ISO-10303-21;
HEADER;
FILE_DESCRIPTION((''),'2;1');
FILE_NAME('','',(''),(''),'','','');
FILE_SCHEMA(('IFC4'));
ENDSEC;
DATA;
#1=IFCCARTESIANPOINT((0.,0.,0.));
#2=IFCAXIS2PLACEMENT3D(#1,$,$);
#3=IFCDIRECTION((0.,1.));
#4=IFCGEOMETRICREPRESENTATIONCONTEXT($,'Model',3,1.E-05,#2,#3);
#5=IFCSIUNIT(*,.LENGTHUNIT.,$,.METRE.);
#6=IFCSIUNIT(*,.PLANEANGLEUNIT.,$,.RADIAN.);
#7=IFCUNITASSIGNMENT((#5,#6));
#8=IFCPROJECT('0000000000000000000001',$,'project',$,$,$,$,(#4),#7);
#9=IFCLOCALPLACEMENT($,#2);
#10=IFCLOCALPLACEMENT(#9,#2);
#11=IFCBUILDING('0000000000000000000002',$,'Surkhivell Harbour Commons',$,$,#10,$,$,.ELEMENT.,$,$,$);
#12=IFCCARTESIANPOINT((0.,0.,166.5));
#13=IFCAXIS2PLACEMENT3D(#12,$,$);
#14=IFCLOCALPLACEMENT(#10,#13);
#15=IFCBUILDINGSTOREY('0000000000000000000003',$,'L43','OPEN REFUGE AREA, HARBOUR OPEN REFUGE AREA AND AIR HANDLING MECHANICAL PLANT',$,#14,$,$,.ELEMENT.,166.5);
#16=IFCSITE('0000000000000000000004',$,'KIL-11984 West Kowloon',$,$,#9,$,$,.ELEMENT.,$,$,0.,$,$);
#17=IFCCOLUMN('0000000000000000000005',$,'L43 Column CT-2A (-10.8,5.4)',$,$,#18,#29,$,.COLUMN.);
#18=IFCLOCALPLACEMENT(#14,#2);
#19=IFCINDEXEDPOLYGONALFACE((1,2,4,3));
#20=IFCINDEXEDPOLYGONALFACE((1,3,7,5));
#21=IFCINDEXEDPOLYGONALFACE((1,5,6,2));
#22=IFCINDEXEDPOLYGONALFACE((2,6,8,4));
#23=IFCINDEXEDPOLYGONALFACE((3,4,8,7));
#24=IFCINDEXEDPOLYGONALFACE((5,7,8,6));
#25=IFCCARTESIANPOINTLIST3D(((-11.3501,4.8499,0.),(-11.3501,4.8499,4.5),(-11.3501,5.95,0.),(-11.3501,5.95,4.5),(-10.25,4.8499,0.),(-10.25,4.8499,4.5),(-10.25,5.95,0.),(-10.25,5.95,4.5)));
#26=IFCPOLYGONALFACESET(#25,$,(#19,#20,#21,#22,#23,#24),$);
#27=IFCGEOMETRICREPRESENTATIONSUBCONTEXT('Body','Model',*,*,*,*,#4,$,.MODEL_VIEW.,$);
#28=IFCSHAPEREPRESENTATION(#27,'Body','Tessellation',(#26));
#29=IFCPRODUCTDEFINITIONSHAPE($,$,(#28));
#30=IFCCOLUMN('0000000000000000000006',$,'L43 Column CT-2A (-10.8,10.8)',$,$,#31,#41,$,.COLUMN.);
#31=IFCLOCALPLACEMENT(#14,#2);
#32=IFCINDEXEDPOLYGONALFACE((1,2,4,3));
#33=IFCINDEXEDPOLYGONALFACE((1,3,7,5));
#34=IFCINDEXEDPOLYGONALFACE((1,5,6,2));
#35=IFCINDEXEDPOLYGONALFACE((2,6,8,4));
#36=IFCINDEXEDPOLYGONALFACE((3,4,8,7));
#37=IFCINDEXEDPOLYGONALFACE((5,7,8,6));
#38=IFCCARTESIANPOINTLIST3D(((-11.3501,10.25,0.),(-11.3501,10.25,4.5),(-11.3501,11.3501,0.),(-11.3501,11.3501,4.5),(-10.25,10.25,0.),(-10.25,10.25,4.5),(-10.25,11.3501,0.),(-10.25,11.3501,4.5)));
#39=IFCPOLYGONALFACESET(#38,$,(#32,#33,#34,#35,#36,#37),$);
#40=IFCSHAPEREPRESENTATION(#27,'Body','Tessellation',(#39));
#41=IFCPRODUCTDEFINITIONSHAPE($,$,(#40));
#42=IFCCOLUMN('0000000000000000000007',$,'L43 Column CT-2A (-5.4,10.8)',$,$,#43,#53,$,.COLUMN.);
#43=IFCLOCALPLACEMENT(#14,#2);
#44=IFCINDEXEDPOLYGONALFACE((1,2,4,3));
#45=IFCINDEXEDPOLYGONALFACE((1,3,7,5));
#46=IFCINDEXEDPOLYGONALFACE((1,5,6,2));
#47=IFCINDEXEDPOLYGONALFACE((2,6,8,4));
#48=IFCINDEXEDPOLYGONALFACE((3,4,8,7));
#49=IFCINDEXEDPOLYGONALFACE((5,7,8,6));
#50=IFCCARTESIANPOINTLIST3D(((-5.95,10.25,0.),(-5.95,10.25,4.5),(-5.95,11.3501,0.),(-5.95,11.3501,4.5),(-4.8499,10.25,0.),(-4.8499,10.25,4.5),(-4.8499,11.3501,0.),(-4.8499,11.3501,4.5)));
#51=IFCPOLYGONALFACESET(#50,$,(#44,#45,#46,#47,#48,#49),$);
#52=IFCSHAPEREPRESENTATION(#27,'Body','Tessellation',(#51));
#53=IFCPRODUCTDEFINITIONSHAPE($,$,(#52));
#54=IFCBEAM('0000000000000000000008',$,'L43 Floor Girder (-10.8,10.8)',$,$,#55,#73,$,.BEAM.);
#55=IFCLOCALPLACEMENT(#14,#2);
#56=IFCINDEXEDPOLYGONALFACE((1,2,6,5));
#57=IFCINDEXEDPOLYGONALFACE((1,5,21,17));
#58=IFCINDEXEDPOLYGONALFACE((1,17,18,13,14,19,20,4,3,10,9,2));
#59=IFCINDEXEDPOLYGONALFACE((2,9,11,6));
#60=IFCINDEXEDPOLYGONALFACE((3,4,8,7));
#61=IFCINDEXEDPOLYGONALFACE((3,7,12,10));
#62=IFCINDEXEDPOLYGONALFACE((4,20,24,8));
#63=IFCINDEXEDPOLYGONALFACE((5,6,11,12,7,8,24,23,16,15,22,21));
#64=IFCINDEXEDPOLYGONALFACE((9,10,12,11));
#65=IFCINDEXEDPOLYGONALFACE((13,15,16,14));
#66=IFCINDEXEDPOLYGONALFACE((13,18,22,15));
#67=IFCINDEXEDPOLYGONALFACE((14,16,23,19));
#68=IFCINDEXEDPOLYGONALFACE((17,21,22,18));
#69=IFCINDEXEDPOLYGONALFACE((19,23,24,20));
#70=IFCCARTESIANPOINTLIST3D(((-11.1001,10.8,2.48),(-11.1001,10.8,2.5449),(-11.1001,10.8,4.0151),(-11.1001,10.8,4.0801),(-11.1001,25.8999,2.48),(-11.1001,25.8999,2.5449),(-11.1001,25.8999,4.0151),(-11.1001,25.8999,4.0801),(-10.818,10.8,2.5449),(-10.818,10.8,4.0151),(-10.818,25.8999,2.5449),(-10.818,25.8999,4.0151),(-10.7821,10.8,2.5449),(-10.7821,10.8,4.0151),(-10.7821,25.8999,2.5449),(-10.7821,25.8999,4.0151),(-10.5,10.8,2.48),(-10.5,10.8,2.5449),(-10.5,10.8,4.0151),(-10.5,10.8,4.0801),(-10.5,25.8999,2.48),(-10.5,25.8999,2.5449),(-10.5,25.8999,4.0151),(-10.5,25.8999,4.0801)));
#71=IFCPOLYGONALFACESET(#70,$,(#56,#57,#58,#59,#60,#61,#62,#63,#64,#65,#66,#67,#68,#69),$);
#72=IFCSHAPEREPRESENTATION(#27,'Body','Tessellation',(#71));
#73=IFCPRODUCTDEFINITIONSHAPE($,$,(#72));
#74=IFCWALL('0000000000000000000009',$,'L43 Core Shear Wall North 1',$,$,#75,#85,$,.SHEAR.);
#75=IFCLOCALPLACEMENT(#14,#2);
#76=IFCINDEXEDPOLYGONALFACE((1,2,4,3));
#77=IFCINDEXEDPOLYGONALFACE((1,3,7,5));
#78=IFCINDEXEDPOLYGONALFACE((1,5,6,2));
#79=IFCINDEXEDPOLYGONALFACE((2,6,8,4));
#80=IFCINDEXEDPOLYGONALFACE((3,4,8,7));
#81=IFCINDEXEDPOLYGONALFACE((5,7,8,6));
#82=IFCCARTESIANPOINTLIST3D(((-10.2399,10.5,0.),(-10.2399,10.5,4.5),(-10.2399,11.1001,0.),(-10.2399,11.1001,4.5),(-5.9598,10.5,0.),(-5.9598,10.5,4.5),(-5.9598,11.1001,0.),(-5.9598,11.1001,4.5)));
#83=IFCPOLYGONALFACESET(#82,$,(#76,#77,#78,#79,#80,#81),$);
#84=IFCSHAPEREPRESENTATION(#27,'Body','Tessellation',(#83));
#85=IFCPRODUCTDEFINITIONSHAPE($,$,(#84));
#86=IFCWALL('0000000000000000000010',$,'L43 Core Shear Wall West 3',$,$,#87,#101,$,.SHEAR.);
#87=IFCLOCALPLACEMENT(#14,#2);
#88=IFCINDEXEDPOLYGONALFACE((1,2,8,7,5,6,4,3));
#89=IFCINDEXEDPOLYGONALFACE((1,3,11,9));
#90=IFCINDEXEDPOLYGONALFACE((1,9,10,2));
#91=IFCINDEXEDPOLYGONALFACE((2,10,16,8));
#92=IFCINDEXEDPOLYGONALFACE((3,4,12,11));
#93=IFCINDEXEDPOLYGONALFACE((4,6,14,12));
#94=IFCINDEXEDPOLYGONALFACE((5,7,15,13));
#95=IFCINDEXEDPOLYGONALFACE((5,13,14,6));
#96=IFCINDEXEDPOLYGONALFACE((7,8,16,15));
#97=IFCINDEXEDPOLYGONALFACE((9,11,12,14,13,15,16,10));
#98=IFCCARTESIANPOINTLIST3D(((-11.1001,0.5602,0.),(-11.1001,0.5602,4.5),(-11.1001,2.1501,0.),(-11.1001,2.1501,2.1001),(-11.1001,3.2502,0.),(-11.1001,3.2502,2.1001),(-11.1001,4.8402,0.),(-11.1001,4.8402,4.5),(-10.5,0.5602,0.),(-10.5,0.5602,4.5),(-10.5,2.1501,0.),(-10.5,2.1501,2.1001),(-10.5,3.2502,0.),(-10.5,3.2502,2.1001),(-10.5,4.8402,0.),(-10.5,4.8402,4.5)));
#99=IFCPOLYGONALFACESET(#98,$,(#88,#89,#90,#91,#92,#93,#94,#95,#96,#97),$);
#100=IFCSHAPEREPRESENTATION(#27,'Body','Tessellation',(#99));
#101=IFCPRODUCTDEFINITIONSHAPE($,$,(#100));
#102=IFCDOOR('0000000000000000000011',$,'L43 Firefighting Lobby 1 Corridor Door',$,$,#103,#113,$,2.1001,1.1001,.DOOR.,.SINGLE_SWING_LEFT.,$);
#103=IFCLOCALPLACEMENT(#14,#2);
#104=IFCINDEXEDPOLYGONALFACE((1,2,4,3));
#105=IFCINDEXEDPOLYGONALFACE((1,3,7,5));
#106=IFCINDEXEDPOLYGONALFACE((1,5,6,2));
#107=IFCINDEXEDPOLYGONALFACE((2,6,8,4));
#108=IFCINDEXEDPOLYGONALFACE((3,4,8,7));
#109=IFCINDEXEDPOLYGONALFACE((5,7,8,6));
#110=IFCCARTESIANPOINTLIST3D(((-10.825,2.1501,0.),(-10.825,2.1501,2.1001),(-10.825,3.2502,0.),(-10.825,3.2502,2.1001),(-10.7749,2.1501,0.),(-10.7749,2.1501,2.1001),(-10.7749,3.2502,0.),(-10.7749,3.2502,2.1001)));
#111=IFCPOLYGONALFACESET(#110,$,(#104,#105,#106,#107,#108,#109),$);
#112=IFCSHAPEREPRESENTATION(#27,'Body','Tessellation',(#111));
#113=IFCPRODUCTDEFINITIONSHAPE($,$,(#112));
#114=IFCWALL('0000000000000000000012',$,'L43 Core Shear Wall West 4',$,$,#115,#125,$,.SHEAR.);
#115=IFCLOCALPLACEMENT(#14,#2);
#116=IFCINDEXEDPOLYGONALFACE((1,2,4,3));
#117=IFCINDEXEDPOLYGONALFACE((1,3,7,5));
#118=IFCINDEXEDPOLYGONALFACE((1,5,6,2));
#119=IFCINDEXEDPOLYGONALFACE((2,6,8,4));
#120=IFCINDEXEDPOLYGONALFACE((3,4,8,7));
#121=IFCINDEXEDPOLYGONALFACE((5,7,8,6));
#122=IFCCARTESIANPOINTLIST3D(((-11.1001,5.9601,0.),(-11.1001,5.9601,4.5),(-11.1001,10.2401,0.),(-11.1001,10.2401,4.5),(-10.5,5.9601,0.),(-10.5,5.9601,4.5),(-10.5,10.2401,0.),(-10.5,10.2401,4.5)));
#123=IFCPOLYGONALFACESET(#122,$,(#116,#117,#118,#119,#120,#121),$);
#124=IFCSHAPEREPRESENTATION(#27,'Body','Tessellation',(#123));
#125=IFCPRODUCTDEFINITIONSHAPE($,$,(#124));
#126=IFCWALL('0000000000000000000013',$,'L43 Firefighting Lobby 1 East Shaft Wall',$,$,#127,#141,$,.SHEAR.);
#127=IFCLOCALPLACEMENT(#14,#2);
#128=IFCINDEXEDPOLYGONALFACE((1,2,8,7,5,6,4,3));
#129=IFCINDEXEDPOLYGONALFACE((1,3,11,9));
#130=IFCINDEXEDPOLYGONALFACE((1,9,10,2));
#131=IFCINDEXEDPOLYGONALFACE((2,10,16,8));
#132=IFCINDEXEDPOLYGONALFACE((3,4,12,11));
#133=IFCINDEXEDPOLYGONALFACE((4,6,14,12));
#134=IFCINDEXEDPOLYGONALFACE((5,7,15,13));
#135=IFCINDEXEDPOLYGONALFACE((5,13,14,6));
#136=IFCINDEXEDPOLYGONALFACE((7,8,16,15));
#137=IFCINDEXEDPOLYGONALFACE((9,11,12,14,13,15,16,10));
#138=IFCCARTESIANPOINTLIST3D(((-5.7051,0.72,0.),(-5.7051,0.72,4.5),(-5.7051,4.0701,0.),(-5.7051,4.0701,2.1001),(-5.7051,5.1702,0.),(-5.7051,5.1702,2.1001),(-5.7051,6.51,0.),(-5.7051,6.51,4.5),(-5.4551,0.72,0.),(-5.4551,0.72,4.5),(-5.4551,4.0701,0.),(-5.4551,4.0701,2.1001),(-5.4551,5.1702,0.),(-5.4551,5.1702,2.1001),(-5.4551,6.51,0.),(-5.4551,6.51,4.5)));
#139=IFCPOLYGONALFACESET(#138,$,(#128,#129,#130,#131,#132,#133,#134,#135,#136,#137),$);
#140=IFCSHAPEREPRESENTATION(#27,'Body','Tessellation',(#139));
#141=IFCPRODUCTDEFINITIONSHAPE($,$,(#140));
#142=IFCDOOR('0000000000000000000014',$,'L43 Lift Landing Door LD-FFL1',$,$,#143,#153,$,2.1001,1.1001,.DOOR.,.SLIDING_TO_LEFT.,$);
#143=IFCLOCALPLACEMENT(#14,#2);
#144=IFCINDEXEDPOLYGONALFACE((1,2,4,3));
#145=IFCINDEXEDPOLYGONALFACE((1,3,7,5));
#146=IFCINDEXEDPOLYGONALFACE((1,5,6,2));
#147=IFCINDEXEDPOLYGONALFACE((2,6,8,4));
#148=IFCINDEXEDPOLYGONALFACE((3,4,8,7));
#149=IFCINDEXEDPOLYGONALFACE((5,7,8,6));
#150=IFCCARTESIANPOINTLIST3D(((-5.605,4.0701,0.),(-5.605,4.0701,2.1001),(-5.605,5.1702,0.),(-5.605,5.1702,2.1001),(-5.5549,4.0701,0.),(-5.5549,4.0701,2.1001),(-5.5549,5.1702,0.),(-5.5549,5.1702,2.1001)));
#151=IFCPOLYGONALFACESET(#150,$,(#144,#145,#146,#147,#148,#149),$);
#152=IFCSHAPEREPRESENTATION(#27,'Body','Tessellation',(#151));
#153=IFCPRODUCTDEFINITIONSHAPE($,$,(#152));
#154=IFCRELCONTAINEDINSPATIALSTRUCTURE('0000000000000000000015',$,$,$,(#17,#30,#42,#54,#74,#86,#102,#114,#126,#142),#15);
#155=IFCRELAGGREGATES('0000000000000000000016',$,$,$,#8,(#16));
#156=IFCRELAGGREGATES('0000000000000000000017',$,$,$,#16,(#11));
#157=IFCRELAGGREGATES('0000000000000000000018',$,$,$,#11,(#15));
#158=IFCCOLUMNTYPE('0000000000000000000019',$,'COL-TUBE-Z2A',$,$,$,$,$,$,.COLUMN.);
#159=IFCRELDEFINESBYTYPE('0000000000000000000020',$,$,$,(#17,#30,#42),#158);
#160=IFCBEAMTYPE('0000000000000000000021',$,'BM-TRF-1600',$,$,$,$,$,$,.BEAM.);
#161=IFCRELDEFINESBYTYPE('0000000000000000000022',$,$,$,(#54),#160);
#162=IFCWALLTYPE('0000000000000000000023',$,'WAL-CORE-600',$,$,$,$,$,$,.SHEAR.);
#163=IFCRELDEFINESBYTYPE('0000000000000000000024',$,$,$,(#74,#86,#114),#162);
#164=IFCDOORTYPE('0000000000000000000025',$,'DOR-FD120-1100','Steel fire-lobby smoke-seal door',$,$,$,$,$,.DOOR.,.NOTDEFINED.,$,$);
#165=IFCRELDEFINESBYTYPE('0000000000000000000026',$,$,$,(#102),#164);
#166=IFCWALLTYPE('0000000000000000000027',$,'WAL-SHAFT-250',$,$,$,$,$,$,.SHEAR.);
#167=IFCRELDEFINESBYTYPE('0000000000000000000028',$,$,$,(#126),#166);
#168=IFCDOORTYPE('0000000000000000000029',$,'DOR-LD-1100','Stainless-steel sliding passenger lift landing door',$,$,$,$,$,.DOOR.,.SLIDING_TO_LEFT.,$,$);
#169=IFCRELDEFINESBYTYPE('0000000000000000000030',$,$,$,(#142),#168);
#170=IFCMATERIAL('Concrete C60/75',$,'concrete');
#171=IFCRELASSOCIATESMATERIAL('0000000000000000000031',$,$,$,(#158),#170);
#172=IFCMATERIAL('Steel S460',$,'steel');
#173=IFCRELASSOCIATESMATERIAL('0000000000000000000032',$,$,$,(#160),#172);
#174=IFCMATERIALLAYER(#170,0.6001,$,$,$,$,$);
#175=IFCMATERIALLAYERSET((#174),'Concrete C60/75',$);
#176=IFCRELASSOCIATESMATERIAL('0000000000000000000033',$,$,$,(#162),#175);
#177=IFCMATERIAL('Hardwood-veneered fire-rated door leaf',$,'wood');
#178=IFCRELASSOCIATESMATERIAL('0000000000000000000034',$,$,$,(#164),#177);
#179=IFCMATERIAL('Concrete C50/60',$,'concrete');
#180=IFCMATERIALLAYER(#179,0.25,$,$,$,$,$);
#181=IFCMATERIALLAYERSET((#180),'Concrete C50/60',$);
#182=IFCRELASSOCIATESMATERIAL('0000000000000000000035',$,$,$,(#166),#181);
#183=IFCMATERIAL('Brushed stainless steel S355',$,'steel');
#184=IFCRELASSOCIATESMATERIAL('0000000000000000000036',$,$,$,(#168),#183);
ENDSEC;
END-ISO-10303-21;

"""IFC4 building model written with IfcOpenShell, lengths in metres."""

from ifc_helpers import new_model, si_unit, direction, frame, frame_2d, origin, origin_2d, place, context, subcontext, project, spatial, rectangle, i_section, extrude, material, layer, layer_set, material_profile, profile_set, type_object, element, fill, save


model = new_model("IFC4")

# Units and contexts
model_context = context("Model", 3, precision=1e-05, world=origin(), true_north=direction((0.0, 1.0)))
body_context = subcontext(model_context, "Body", "Model", "MODEL_VIEW")
ifc_project = project(units=[si_unit("LENGTHUNIT", "METRE"), si_unit("PLANEANGLEUNIT", "RADIAN")], contexts=[model_context])

# Site, building, storey
site_placement = place(None, origin())
site = spatial("IfcSite", under=ifc_project, at=site_placement, Name="KIL-11984 West Kowloon", CompositionType="ELEMENT", RefElevation=0.0)
building_placement = place(site_placement, origin())
building = spatial("IfcBuilding", under=site, at=building_placement, Name="Surkhivell Harbour Commons", CompositionType="ELEMENT")
storey_placement = place(building_placement, frame((0.0, 0.0, 166.5)))
storey = spatial("IfcBuildingStorey", under=building, at=storey_placement, Name="L43", Description="OPEN REFUGE AREA, HARBOUR OPEN REFUGE AREA AND AIR HANDLING MECHANICAL PLANT", CompositionType="ELEMENT", Elevation=166.5)

# Columns
ifc_material_1 = material(Name="Concrete C60/75", Category="concrete")
ifc_material_profile_1 = material_profile(ifc_material_1, rectangle(XDim=1.1001, YDim=1.1001, at=origin_2d()), Name="RC-COL-1100x1100")
ifc_profile_set_1 = profile_set([ifc_material_profile_1], Name="Concrete C60/75")
column_type = type_object("IfcColumnType", Name="COL-TUBE-Z2A", PredefinedType="COLUMN", material=ifc_profile_set_1)
for number, where, z_axis, x_axis, name in (
    (1, (-10.8, 5.3999, 0.0), (0.0, 0.0, 1.0), (1.0, 0.0, 0.0), "L43 Column CT-2A (-10.8,5.4)"),
    (2, (-10.8, 10.8, 0.0), (0.0, 0.0, 1.0), (1.0, 0.0, 0.0), "L43 Column CT-2A (-10.8,10.8)"),
    (3, (-5.3999, 10.8, 0.0), (0.0, 0.0, 1.0), (1.0, 0.0, 0.0), "L43 Column CT-2A (-5.4,10.8)"),
):
    element("IfcColumn", number, at=place(storey_placement, frame(where, z_axis=z_axis, x_axis=x_axis)), inside=storey, type_object=column_type, Name=name, PredefinedType="COLUMN", context=body_context, shape_type="SweptSolid", body=[
        extrude(rectangle(XDim=1.1001, YDim=1.1001, at=origin_2d()), origin(), (0.0, 0.0, 1.0), 4.5),
    ])

# Beam
ifc_material_2 = material(Name="Steel S460", Category="steel")
ifc_material_profile_2 = material_profile(ifc_material_2, i_section(OverallWidth=0.6001, OverallDepth=1.6001, WebThickness=0.0359, FlangeThickness=0.0649, at=origin_2d()), Name="WPG1600x600x296")
ifc_profile_set_2 = profile_set([ifc_material_profile_2], Name="Steel S460")
beam_type = type_object("IfcBeamType", Name="BM-TRF-1600", PredefinedType="BEAM", material=ifc_profile_set_2)
beam_placement = place(storey_placement, frame((-10.8, 10.8, 3.28), z_axis=(0.0, 1.0, 0.0), x_axis=(-1.0, 0.0, 0.0)))
element("IfcBeam", 4, at=beam_placement, inside=storey, type_object=beam_type, Name="L43 Floor Girder (-10.8,10.8)", PredefinedType="BEAM", context=body_context, shape_type="SweptSolid", body=[
    extrude(i_section(OverallWidth=0.6001, OverallDepth=1.6001, WebThickness=0.0359, FlangeThickness=0.0649, at=origin_2d()), origin(), (0.0, 0.0, 1.0), 15.0999),
])

# Wall
ifc_layer_1 = layer(ifc_material_1, 0.6001)
ifc_layer_set_1 = layer_set([ifc_layer_1], Name="Concrete C60/75")
wall_type_1 = type_object("IfcWallType", Name="WAL-CORE-600", PredefinedType="SHEAR", material=ifc_layer_set_1)
wall_1_placement = place(storey_placement, frame((-10.24, 10.8, 0.0), z_axis=(0.0, 0.0, 1.0), x_axis=(1.0, 0.0, 0.0)))
element("IfcWall", 5, at=wall_1_placement, inside=storey, type_object=wall_type_1, Name="L43 Core Shear Wall North 1", PredefinedType="SHEAR", context=body_context, shape_type="SweptSolid", body=[
    extrude(rectangle(XDim=4.28, YDim=0.6001, at=frame_2d((2.1401, 0.0))), origin(), (0.0, 0.0, 1.0), 4.5),
])

# Wall, opening, door
wall_2_placement = place(storey_placement, frame((-10.8, 0.5601, 0.0), z_axis=(0.0, 0.0, 1.0), x_axis=(0.0, 1.0, 0.0)))
wall_2 = element("IfcWall", 6, at=wall_2_placement, inside=storey, type_object=wall_type_1, Name="L43 Core Shear Wall West 3", PredefinedType="SHEAR", context=body_context, shape_type="SweptSolid", body=[
    extrude(rectangle(XDim=4.28, YDim=0.6001, at=frame_2d((2.1401, 0.0))), origin(), (0.0, 0.0, 1.0), 4.5),
])
opening_1_placement = place(wall_2_placement, frame((1.5901, 0.0, 0.0)))
opening_1 = element("IfcOpeningElement", 7, at=opening_1_placement, cuts=wall_2, PredefinedType="OPENING", context=body_context, shape_type="SweptSolid", body=[
    extrude(rectangle(XDim=1.1001, YDim=2.1001, at=frame_2d((0.55, 1.05))), frame((0.0, 0.3101, 0.0), z_axis=(0.0, -1.0, 0.0), x_axis=(1.0, 0.0, 0.0)), (0.0, 0.0, 1.0), 0.6201),
])
ifc_material_3 = material(Name="Hardwood-veneered fire-rated door leaf", Category="wood")
door_type_1 = type_object("IfcDoorType", Name="DOR-FD120-1100", Description="Steel fire-lobby smoke-seal door", OperationType="NOTDEFINED", PredefinedType="DOOR", material=ifc_material_3)
door_1_placement = place(opening_1_placement, origin())
door_1 = element("IfcDoor", 8, at=door_1_placement, inside=storey, type_object=door_type_1, Name="L43 Firefighting Lobby 1 Corridor Door", OperationType="SINGLE_SWING_LEFT", OverallHeight=2.1001, OverallWidth=1.1001, PredefinedType="DOOR", context=body_context, shape_type="SweptSolid", body=[
    extrude(rectangle(XDim=1.1001, YDim=2.1001, at=frame_2d((0.55, 1.05))), frame((0.0, 0.0249, 0.0), z_axis=(0.0, -1.0, 0.0), x_axis=(1.0, 0.0, 0.0)), (0.0, 0.0, 1.0), 0.05),
])
fill(opening_1, door_1)

# Wall
wall_3_placement = place(storey_placement, frame((-10.8, 5.96, 0.0), z_axis=(0.0, 0.0, 1.0), x_axis=(0.0, 1.0, 0.0)))
element("IfcWall", 9, at=wall_3_placement, inside=storey, type_object=wall_type_1, Name="L43 Core Shear Wall West 4", PredefinedType="SHEAR", context=body_context, shape_type="SweptSolid", body=[
    extrude(rectangle(XDim=4.28, YDim=0.6001, at=frame_2d((2.1401, 0.0))), origin(), (0.0, 0.0, 1.0), 4.5),
])

# Wall, opening, door
ifc_material_4 = material(Name="Concrete C50/60", Category="concrete")
ifc_layer_2 = layer(ifc_material_4, 0.25)
ifc_layer_set_2 = layer_set([ifc_layer_2], Name="Concrete C50/60")
wall_type_2 = type_object("IfcWallType", Name="WAL-SHAFT-250", PredefinedType="SHEAR", material=ifc_layer_set_2)
wall_4_placement = place(storey_placement, frame((-5.5801, 0.72, 0.0), z_axis=(0.0, 0.0, 1.0), x_axis=(0.0, 1.0, 0.0)))
wall_4 = element("IfcWall", 10, at=wall_4_placement, inside=storey, type_object=wall_type_2, Name="L43 Firefighting Lobby 1 East Shaft Wall", PredefinedType="SHEAR", context=body_context, shape_type="SweptSolid", body=[
    extrude(rectangle(XDim=5.79, YDim=0.25, at=frame_2d((2.895, 0.0))), origin(), (0.0, 0.0, 1.0), 4.5),
])
opening_2_placement = place(wall_4_placement, frame((3.3501, 0.0, 0.0)))
opening_2 = element("IfcOpeningElement", 11, at=opening_2_placement, cuts=wall_4, PredefinedType="OPENING", context=body_context, shape_type="SweptSolid", body=[
    extrude(rectangle(XDim=1.1001, YDim=2.1001, at=frame_2d((0.55, 1.05))), frame((0.0, 0.135, 0.0), z_axis=(0.0, -1.0, 0.0), x_axis=(1.0, 0.0, 0.0)), (0.0, 0.0, 1.0), 0.27),
])
ifc_material_5 = material(Name="Brushed stainless steel S355", Category="steel")
door_type_2 = type_object("IfcDoorType", Name="DOR-LD-1100", Description="Stainless-steel sliding passenger lift landing door", OperationType="SLIDING_TO_LEFT", PredefinedType="DOOR", material=ifc_material_5)
door_2_placement = place(opening_2_placement, origin())
door_2 = element("IfcDoor", 12, at=door_2_placement, inside=storey, type_object=door_type_2, Name="L43 Lift Landing Door LD-FFL1", OperationType="SLIDING_TO_LEFT", OverallHeight=2.1001, OverallWidth=1.1001, PredefinedType="DOOR", context=body_context, shape_type="SweptSolid", body=[
    extrude(rectangle(XDim=1.1001, YDim=2.1001, at=frame_2d((0.55, 1.05))), frame((0.0, 0.0249, 0.0), z_axis=(0.0, -1.0, 0.0), x_axis=(1.0, 0.0, 0.0)), (0.0, 0.0, 1.0), 0.05),
])
fill(opening_2, door_2)

save(model, "model.ifc")
